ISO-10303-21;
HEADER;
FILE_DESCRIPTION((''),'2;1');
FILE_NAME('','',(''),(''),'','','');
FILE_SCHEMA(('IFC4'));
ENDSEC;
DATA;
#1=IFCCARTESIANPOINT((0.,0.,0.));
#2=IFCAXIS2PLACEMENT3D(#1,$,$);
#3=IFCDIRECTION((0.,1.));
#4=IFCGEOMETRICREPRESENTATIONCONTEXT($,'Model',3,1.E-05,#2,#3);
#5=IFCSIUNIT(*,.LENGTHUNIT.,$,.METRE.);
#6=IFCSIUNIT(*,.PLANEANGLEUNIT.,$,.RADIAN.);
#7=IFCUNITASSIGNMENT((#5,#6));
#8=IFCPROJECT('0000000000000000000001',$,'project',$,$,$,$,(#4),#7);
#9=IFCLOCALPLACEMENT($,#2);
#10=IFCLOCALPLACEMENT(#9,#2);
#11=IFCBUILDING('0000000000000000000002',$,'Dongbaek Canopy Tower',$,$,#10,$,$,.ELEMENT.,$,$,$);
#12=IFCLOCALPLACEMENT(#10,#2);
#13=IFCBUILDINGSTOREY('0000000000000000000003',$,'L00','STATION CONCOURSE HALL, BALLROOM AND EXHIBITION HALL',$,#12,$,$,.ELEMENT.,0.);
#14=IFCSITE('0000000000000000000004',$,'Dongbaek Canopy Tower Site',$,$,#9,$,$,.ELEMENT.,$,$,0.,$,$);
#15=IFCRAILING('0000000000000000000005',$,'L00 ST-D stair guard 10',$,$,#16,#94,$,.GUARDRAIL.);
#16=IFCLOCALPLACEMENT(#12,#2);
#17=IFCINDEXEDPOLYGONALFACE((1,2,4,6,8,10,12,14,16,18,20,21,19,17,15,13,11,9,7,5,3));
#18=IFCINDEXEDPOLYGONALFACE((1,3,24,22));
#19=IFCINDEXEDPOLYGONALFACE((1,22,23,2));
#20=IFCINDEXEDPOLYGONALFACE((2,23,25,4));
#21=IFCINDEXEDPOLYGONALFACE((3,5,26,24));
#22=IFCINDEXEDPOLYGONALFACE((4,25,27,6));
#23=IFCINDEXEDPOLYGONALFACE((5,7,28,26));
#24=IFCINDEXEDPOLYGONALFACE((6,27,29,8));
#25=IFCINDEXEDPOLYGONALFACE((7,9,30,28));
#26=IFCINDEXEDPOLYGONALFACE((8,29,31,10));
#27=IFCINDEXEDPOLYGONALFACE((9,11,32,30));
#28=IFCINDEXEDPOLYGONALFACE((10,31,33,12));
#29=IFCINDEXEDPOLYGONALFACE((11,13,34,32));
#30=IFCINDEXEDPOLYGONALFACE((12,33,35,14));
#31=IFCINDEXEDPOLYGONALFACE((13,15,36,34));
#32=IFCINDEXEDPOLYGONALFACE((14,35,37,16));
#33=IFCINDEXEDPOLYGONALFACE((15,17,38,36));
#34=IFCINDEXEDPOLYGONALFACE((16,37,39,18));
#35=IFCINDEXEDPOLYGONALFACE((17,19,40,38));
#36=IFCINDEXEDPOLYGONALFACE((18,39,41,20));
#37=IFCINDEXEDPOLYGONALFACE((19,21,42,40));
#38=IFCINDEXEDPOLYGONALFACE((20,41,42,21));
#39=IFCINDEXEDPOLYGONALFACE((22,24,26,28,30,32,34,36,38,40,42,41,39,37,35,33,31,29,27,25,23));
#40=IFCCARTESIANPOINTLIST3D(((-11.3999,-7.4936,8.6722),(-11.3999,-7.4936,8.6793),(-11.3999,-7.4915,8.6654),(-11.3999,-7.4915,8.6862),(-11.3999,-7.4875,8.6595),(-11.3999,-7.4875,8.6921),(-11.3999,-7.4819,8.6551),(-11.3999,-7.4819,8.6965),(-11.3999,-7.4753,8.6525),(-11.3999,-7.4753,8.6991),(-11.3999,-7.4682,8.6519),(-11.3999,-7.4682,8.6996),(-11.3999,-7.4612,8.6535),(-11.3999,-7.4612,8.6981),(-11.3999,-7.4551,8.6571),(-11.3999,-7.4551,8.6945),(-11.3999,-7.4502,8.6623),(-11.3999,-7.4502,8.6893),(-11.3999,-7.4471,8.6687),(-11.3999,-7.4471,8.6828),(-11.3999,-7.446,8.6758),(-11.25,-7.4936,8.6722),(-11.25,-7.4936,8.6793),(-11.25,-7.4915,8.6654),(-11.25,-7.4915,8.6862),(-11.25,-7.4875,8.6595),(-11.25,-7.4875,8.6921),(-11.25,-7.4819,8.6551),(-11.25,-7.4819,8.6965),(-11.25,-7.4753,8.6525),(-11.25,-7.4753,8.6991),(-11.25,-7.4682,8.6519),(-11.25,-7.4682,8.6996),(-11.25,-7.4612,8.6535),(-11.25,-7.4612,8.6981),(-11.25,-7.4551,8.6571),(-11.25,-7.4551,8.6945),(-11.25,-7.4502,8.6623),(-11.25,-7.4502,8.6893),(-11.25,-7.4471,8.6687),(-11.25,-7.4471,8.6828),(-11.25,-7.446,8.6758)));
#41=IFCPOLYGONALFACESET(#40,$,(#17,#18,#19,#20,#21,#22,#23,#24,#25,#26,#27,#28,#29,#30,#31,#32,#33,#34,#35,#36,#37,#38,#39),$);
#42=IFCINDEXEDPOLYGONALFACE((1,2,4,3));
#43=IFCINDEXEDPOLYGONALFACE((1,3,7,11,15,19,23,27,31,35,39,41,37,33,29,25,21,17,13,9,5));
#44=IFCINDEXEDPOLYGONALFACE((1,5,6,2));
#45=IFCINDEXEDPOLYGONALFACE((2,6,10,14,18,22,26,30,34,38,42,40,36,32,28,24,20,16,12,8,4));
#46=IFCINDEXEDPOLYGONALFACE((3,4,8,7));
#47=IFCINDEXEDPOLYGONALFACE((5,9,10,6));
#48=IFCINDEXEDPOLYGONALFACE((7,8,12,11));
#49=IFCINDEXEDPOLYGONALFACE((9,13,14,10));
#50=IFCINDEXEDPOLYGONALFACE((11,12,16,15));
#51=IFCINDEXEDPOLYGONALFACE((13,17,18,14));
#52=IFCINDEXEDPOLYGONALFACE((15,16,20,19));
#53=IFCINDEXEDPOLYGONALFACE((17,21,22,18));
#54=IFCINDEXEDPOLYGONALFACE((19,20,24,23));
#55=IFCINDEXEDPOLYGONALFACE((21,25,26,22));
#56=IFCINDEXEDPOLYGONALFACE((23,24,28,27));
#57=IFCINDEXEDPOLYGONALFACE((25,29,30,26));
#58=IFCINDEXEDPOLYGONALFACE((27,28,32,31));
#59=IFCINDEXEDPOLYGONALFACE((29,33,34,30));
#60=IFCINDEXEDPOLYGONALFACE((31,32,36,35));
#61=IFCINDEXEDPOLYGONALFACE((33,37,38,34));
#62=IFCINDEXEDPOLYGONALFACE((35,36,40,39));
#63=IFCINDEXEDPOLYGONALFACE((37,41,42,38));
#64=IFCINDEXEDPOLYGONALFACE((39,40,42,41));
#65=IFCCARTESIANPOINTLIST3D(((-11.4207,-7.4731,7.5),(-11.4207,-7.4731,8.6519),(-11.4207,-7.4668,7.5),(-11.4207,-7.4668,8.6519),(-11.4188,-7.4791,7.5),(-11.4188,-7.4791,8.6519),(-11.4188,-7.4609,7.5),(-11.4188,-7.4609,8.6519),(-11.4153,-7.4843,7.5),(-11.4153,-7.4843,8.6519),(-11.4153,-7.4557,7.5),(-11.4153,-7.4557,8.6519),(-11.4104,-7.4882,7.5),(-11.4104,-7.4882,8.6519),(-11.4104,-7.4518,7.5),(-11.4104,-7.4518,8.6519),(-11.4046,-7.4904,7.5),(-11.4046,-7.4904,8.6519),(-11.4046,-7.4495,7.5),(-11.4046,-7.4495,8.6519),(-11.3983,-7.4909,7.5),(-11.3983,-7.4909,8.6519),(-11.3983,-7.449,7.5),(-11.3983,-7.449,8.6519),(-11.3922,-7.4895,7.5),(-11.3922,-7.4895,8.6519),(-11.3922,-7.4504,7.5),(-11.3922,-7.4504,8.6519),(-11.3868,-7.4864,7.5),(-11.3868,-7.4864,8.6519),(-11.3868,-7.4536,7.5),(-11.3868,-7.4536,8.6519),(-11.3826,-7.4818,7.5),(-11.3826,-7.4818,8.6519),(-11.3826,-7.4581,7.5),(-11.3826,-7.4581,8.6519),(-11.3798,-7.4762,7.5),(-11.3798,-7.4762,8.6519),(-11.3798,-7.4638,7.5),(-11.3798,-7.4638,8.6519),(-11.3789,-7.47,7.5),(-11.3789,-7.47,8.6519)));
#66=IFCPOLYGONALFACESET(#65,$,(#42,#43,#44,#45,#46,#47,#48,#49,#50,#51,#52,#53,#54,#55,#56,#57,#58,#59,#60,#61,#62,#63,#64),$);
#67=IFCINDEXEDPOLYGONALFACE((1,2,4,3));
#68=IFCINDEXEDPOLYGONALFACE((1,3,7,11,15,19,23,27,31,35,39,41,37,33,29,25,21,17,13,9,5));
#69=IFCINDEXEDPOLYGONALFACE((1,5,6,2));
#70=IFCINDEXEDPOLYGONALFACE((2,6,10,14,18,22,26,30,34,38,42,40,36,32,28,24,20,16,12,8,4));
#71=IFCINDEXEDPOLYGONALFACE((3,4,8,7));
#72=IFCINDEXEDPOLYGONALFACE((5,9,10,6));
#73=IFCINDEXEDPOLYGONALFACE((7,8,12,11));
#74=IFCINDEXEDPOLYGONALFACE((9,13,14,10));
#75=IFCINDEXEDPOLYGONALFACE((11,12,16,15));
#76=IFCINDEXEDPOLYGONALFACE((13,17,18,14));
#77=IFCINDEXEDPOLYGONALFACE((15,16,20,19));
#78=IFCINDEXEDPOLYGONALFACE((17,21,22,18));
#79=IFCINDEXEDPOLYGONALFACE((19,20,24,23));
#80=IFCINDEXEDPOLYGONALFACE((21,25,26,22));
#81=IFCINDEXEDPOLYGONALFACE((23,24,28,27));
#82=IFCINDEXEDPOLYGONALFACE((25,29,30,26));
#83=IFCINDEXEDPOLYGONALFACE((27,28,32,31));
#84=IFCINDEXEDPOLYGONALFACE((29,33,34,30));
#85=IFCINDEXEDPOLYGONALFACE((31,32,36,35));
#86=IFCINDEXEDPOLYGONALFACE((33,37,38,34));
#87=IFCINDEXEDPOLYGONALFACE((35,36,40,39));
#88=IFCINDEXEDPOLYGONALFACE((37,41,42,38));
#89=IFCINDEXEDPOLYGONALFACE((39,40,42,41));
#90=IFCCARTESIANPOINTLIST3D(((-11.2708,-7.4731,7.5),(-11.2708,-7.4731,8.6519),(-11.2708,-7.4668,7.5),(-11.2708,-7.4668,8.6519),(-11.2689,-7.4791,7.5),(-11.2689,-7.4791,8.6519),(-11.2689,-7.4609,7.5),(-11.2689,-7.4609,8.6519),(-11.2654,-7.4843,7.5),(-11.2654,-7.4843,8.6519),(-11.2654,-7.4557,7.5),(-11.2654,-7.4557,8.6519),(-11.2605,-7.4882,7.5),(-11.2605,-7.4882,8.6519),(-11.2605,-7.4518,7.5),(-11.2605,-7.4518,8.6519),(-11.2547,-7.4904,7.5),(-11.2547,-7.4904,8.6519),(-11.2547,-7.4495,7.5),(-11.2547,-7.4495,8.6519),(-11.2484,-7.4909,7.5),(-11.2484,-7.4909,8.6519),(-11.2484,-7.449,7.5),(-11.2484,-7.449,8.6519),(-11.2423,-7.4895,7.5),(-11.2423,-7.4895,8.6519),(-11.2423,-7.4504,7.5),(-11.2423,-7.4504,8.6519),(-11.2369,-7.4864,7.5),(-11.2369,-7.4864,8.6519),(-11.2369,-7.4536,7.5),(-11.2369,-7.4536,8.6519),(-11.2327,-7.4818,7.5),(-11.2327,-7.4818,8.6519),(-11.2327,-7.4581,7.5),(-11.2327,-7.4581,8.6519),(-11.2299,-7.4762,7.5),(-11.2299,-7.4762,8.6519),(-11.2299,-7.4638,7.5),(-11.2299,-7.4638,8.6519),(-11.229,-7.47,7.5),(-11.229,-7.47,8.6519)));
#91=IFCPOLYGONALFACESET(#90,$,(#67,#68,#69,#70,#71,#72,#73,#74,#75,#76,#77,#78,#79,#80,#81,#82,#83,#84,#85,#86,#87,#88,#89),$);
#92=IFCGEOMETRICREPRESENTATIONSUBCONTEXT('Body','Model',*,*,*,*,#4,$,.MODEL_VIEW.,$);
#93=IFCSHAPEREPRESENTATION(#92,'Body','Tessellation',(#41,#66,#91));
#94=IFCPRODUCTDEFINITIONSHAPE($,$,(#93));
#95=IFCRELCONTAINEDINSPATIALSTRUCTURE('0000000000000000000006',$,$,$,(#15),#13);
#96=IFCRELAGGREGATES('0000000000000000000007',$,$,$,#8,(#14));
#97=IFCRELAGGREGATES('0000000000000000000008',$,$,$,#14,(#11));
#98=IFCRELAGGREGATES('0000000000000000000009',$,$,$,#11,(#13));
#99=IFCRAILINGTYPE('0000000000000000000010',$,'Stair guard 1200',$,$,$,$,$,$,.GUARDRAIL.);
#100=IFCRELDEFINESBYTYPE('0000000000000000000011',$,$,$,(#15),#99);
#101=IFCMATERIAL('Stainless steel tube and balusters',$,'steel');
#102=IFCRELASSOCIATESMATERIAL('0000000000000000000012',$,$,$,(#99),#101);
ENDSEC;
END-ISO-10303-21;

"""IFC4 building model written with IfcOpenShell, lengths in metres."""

from ifc_helpers import new_model, si_unit, direction, frame, origin, origin_2d, place, context, subcontext, project, spatial, circle, extrude, material, type_object, element, save


model = new_model("IFC4")

# Units and contexts
model_context = context("Model", 3, precision=1e-05, world=origin(), true_north=direction((0.0, 1.0)))
body_context = subcontext(model_context, "Body", "Model", "MODEL_VIEW")
ifc_project = project(units=[si_unit("LENGTHUNIT", "METRE"), si_unit("PLANEANGLEUNIT", "RADIAN")], contexts=[model_context])

# Site, building, storey
site_placement = place(None, origin())
site = spatial("IfcSite", under=ifc_project, at=site_placement, Name="Dongbaek Canopy Tower Site", CompositionType="ELEMENT", RefElevation=0.0)
building_placement = place(site_placement, origin())
building = spatial("IfcBuilding", under=site, at=building_placement, Name="Dongbaek Canopy Tower", CompositionType="ELEMENT")
storey_placement = place(building_placement, origin())
storey = spatial("IfcBuildingStorey", under=building, at=storey_placement, Name="L00", Description="STATION CONCOURSE HALL, BALLROOM AND EXHIBITION HALL", CompositionType="ELEMENT", Elevation=0.0)

# Railing
ifc_material_1 = material(Name="Stainless steel tube and balusters", Category="steel")
railing_type_1 = type_object("IfcRailingType", Name="Stair guard 1200", PredefinedType="GUARDRAIL", material=ifc_material_1)
railing_1_placement = place(storey_placement, frame((-11.3999, -7.47, 7.5)))
element("IfcRailing", 1, at=railing_1_placement, inside=storey, type_object=railing_type_1, Name="L00 ST-D stair guard 10", PredefinedType="GUARDRAIL", context=body_context, shape_type="SweptSolid", body=[
    extrude(circle(Radius=0.0239, at=origin_2d()), frame((0.0, 0.0, 1.1758), z_axis=(1.0, 0.0, 0.0), x_axis=(0.0, 1.0, 0.0)), (0.0, 0.0, 1.0), 0.1499),
    extrude(circle(Radius=0.021, at=origin_2d()), origin(), (0.0, 0.0, 1.0), 1.1519),
    extrude(circle(Radius=0.021, at=origin_2d()), frame((0.1499, 0.0, 0.0)), (0.0, 0.0, 1.0), 1.1519),
])

save(model, "model.ifc")
